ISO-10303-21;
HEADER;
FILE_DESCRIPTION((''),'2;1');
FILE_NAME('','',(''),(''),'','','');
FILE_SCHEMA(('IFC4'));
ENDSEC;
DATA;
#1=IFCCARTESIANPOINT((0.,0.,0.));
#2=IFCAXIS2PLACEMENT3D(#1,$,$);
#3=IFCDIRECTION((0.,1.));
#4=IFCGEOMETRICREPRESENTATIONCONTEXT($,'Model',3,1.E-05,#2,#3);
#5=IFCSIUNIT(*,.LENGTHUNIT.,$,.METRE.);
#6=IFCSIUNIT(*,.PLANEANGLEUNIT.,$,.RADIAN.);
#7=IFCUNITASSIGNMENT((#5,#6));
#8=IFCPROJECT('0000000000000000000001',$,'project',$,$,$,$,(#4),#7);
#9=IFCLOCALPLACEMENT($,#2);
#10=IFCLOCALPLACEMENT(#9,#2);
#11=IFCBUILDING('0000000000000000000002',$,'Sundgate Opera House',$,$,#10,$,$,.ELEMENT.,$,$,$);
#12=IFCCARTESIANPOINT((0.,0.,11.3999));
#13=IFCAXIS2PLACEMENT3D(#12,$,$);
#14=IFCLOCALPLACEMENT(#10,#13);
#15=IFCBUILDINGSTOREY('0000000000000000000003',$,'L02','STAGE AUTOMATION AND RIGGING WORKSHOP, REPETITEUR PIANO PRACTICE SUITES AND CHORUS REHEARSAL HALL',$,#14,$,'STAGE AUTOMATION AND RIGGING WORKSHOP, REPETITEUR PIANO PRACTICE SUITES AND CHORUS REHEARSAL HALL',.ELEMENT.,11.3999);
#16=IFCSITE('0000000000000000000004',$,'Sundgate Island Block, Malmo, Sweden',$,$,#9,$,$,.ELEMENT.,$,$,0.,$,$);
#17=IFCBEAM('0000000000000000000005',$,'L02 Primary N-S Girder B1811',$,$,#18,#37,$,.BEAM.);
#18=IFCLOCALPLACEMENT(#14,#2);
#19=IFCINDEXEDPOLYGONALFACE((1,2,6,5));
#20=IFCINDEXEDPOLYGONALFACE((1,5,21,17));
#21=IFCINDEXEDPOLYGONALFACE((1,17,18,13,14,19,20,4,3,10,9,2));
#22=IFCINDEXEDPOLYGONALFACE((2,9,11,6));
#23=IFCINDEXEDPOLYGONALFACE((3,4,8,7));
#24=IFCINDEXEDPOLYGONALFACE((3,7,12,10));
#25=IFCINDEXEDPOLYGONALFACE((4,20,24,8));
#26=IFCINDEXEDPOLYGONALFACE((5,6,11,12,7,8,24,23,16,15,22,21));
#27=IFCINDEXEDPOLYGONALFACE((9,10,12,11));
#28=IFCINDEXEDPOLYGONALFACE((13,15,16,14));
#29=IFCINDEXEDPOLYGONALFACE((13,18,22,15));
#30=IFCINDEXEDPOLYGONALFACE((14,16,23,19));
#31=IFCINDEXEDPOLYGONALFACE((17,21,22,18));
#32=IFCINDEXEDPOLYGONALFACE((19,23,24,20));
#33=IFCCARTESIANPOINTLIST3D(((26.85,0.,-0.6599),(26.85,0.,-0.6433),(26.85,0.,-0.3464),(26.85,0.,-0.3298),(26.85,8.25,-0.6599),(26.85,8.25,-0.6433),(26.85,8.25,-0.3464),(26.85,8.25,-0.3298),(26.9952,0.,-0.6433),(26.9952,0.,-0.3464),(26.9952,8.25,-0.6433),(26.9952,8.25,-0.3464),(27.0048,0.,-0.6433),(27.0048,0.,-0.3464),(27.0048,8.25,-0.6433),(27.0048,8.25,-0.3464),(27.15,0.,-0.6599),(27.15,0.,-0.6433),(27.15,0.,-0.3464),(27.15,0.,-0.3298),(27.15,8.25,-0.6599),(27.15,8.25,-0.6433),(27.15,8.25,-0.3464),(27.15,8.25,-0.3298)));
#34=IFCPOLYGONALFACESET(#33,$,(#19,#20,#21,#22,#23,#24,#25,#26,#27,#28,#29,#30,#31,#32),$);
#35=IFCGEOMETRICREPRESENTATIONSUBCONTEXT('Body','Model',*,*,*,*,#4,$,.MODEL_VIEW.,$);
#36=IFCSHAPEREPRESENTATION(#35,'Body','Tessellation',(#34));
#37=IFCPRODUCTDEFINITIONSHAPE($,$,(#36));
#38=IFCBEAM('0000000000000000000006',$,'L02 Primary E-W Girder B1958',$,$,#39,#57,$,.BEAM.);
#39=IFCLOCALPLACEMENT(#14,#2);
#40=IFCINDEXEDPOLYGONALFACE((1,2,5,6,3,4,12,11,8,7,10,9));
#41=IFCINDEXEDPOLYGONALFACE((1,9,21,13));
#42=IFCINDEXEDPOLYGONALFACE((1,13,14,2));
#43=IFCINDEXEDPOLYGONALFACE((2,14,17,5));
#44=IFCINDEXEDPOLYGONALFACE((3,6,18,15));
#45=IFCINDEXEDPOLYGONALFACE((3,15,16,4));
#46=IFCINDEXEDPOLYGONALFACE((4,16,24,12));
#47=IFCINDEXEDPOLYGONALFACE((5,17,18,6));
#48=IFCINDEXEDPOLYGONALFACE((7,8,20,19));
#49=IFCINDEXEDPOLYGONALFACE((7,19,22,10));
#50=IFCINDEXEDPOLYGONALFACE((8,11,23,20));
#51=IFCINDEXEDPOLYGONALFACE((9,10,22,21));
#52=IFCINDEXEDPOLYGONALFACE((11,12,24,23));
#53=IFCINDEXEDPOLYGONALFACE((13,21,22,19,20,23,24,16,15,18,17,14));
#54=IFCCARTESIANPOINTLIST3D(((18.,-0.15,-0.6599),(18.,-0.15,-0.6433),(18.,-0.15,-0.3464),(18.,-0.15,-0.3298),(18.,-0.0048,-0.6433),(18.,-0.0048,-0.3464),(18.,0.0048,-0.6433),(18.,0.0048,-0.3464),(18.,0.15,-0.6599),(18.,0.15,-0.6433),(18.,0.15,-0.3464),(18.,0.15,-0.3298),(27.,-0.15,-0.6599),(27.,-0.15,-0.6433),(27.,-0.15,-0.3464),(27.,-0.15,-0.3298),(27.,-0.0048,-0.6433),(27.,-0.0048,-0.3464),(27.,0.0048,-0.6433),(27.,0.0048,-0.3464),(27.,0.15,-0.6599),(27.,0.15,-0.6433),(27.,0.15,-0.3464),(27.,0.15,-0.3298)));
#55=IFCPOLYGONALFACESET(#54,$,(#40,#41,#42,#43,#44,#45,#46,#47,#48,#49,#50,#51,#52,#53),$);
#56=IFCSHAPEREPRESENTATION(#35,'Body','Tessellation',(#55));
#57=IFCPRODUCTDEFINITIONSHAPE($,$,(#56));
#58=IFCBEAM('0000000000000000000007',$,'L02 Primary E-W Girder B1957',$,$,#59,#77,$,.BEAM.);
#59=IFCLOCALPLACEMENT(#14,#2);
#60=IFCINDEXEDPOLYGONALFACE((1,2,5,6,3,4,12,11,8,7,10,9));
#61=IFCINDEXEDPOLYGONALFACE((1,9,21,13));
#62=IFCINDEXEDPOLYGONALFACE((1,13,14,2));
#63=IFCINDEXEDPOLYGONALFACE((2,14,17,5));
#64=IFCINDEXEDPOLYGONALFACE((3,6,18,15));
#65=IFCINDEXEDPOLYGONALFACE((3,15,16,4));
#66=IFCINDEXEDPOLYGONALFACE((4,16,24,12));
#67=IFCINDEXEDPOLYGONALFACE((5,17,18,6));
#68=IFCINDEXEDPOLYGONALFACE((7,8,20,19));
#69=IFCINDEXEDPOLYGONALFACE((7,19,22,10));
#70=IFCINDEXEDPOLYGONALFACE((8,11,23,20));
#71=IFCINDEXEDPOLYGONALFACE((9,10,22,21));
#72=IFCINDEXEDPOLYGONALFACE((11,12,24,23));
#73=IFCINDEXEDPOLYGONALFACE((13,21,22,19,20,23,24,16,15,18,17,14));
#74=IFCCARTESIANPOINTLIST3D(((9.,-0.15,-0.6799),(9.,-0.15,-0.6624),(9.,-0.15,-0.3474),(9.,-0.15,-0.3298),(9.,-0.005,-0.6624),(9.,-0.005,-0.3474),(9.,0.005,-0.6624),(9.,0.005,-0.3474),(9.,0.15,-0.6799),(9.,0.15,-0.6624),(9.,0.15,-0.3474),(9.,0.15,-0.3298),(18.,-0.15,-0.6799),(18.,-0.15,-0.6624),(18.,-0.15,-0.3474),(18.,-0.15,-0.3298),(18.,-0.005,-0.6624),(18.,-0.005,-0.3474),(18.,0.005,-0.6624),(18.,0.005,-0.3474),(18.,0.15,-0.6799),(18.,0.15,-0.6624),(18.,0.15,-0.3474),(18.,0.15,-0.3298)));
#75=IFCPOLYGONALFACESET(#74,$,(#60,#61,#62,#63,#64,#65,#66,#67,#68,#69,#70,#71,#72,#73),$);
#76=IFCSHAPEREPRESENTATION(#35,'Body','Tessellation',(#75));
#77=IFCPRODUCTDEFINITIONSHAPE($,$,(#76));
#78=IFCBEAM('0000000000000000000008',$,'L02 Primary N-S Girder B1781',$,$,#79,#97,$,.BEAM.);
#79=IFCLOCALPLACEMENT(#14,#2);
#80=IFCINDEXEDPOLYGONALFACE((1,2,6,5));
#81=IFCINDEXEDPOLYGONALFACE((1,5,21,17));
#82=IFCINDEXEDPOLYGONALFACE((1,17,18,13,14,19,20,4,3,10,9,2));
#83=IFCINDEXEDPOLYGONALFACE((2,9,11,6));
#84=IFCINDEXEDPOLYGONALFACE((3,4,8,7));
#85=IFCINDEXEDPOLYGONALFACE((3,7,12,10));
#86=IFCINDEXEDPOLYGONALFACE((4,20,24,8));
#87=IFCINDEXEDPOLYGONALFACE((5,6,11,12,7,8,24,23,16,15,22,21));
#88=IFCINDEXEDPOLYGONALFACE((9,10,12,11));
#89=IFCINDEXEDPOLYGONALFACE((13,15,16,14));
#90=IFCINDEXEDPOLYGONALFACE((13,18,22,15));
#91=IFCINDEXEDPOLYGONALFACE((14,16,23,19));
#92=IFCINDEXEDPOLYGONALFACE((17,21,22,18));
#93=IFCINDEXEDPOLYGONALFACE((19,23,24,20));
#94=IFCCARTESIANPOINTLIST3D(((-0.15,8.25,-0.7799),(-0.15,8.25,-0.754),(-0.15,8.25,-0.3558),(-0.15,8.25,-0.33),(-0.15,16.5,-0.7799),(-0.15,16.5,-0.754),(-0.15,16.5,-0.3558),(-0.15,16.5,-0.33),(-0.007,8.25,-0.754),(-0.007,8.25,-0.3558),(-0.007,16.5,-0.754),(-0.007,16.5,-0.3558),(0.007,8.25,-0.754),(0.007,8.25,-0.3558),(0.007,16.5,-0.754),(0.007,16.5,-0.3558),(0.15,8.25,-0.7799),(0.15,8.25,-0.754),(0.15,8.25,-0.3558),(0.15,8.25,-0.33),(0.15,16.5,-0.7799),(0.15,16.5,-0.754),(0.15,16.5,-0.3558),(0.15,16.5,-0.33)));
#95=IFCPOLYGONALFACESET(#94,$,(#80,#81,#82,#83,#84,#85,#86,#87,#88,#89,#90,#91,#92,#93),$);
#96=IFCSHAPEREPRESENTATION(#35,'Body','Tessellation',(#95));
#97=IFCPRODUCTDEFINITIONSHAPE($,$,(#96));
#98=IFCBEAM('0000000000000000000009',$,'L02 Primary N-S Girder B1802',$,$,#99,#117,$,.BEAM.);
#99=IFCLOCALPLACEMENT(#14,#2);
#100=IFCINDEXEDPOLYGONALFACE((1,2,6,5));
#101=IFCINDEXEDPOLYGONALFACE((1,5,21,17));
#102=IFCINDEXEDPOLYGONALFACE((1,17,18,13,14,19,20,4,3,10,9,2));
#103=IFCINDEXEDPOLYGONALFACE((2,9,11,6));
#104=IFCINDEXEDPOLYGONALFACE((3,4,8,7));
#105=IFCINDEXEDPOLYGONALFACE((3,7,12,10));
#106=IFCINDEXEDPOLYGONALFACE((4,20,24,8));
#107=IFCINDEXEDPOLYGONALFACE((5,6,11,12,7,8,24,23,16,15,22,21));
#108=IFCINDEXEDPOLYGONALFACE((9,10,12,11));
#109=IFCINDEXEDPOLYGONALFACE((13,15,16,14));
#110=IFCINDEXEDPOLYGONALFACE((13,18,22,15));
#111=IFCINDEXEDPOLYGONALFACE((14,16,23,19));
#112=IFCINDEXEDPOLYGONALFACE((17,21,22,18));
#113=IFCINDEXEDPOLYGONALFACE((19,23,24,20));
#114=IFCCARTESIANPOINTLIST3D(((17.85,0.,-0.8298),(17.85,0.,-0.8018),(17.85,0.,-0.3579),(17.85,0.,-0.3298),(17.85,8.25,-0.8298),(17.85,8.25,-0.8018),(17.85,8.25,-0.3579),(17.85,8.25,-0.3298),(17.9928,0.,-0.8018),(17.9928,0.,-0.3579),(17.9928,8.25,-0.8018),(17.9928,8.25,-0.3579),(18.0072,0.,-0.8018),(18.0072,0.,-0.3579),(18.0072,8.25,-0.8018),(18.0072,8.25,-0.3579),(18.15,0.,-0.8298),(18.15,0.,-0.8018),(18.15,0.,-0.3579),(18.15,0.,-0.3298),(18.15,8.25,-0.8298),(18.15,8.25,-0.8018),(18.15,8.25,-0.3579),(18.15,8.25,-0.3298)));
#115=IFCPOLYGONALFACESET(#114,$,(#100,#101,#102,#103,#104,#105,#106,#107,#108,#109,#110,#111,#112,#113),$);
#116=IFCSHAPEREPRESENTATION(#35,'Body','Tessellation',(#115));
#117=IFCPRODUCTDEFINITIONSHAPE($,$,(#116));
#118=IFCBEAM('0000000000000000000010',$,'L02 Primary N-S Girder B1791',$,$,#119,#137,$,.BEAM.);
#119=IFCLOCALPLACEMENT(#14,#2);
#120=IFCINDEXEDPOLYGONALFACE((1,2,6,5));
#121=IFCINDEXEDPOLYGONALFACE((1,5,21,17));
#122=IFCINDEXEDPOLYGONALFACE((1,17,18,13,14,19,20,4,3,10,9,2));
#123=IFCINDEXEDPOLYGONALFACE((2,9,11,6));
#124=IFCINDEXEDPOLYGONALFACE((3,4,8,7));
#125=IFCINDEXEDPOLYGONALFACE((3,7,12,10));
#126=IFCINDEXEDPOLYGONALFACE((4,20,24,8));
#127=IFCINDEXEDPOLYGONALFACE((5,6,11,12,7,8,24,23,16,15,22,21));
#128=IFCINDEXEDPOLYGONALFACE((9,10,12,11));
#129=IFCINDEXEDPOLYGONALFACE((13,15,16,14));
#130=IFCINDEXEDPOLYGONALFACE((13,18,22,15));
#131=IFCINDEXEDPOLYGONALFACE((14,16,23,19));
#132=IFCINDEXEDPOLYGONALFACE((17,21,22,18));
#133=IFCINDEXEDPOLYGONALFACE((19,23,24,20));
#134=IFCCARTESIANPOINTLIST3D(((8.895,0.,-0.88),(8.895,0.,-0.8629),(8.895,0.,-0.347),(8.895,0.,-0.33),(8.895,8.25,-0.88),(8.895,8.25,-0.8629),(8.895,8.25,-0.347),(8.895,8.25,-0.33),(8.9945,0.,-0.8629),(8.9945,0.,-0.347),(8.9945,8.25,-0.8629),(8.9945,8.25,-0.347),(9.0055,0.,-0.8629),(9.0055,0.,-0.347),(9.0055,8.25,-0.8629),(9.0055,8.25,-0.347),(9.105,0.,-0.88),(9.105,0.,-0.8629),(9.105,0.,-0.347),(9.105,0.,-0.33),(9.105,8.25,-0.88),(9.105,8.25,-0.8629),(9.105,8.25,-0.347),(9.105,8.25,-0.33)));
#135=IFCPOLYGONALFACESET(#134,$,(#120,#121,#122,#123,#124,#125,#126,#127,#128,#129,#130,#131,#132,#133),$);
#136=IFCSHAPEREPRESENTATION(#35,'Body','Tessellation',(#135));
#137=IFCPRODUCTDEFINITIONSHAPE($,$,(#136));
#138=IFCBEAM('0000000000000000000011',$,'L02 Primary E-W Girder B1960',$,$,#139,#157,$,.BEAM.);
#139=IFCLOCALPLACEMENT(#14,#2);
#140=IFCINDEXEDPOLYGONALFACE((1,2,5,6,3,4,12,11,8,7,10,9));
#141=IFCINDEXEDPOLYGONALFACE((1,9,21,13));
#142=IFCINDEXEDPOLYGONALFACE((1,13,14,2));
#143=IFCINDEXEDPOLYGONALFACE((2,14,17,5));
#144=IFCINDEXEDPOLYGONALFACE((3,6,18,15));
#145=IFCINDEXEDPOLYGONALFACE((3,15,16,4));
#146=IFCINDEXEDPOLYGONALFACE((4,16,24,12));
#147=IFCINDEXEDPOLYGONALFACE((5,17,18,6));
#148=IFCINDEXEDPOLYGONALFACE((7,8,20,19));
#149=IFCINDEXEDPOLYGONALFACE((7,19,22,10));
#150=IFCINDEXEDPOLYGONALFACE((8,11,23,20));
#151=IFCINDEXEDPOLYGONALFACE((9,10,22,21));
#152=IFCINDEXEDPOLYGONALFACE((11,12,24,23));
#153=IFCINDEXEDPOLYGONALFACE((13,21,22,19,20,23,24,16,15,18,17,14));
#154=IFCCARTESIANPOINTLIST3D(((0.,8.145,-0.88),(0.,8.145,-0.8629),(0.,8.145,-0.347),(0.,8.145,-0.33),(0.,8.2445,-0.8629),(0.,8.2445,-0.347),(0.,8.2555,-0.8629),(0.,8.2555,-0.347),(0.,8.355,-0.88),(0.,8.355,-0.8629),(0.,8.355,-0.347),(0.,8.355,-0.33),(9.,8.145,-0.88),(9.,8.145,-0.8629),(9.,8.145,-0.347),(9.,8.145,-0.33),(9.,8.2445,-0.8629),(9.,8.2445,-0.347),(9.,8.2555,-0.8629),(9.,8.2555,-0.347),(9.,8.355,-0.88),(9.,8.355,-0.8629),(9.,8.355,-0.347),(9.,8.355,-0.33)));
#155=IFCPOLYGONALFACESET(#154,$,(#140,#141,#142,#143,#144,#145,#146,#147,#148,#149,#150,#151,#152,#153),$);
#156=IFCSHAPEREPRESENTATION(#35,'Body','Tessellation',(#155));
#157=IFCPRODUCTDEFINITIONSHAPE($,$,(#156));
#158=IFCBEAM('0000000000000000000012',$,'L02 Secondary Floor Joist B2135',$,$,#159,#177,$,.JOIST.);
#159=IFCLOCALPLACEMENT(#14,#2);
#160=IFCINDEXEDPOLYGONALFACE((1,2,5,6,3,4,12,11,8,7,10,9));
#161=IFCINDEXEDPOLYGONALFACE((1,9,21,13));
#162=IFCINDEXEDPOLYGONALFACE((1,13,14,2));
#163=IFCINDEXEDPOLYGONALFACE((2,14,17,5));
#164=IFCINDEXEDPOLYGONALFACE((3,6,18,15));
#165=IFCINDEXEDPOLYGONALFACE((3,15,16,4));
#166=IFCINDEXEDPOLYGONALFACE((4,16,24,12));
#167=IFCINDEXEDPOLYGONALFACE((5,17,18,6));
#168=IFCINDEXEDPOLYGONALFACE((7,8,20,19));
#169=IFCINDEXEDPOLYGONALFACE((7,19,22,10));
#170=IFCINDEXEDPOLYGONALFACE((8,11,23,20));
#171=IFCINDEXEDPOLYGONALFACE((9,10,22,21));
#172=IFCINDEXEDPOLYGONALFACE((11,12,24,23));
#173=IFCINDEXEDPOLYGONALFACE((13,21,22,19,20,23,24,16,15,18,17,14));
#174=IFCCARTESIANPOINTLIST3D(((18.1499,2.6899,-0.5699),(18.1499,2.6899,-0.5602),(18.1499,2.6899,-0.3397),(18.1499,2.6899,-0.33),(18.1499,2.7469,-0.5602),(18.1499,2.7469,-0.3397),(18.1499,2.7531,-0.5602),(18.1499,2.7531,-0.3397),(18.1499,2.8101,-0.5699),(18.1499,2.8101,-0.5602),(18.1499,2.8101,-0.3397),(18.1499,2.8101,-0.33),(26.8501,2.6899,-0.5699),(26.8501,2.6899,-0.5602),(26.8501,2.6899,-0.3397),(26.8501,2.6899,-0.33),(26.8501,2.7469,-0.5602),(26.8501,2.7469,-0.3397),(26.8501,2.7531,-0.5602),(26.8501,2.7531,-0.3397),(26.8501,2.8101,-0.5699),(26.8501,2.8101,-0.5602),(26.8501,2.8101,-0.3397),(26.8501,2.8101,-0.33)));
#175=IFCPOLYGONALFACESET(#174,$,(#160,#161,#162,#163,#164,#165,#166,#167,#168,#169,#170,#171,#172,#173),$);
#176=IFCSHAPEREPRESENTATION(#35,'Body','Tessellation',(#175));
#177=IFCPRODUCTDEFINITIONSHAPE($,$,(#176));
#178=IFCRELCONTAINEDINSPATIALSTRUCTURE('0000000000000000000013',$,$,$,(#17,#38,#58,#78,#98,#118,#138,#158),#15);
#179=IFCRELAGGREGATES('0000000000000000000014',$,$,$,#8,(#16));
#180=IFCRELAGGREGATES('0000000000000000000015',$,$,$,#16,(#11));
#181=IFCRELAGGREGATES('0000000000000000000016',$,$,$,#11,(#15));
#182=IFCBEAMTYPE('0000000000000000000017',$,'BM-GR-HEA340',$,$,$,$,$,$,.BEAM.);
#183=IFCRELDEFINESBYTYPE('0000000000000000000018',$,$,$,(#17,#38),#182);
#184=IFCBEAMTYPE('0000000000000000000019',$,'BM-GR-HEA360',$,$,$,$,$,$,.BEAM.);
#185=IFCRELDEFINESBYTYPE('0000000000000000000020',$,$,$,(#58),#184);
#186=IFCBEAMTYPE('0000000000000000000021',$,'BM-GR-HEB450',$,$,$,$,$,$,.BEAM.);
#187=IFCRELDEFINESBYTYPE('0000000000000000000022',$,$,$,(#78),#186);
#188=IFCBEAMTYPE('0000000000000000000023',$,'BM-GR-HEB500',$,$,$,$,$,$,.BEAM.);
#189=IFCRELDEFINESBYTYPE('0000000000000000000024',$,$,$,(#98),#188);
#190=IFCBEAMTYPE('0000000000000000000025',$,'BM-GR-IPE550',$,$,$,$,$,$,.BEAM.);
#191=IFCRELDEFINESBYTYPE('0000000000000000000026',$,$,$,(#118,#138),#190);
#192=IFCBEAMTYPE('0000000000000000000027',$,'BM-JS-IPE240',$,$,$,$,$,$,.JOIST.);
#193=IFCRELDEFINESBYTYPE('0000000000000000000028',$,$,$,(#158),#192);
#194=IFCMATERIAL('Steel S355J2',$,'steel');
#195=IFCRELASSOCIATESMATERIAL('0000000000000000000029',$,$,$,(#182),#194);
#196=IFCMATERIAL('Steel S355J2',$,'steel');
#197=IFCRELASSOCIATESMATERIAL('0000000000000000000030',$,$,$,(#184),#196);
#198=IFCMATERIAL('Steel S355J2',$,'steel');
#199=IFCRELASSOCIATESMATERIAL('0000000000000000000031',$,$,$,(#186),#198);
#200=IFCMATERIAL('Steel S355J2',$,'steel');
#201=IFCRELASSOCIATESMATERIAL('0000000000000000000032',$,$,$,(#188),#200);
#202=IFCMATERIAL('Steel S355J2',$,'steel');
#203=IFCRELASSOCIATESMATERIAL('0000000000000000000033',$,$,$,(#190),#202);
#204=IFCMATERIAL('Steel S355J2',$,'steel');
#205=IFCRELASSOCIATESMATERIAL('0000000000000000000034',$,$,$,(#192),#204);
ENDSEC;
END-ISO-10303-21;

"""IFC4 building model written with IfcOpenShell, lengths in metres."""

from ifc_helpers import new_model, si_unit, direction, frame, origin, origin_2d, place, context, subcontext, project, spatial, i_section, extrude, material, material_profile, profile_set, type_object, element, save


model = new_model("IFC4")

# Units and contexts
model_context = context("Model", 3, precision=1e-05, world=origin(), true_north=direction((0.0, 1.0)))
body_context = subcontext(model_context, "Body", "Model", "MODEL_VIEW")
ifc_project = project(units=[si_unit("LENGTHUNIT", "METRE"), si_unit("PLANEANGLEUNIT", "RADIAN")], contexts=[model_context])

# Site, building, storey
site_placement = place(None, origin())
site = spatial("IfcSite", under=ifc_project, at=site_placement, Name="Sundgate Island Block, Malmo, Sweden", CompositionType="ELEMENT", RefElevation=0.0)
building_placement = place(site_placement, origin())
building = spatial("IfcBuilding", under=site, at=building_placement, Name="Sundgate Opera House", CompositionType="ELEMENT")
storey_placement = place(building_placement, frame((0.0, 0.0, 11.3999)))
storey = spatial("IfcBuildingStorey", under=building, at=storey_placement, Name="L02", Description="STAGE AUTOMATION AND RIGGING WORKSHOP, REPETITEUR PIANO PRACTICE SUITES AND CHORUS REHEARSAL HALL", LongName="STAGE AUTOMATION AND RIGGING WORKSHOP, REPETITEUR PIANO PRACTICE SUITES AND CHORUS REHEARSAL HALL", CompositionType="ELEMENT", Elevation=11.3999)

# Beams
ifc_material_1 = material(Name="Steel S355J2", Category="steel")
ifc_material_profile_1 = material_profile(ifc_material_1, i_section(OverallWidth=0.3, OverallDepth=0.3301, WebThickness=0.0095, FlangeThickness=0.0166, at=origin_2d()), Name="HEA 340")
ifc_profile_set_1 = profile_set([ifc_material_profile_1], Name="Steel S355J2")
beam_type_1 = type_object("IfcBeamType", Name="BM-GR-HEA340", PredefinedType="BEAM", material=ifc_profile_set_1)
beam_1_placement = place(storey_placement, frame((27.0, 0.0, -0.4949), z_axis=(0.0, 1.0, 0.0), x_axis=(-1.0, 0.0, 0.0)))
element("IfcBeam", 1, at=beam_1_placement, inside=storey, type_object=beam_type_1, Name="L02 Primary N-S Girder B1811", PredefinedType="BEAM", context=body_context, shape_type="SweptSolid", body=[
    extrude(i_section(OverallWidth=0.3, OverallDepth=0.3301, WebThickness=0.0095, FlangeThickness=0.0166, at=origin_2d()), origin(), (0.0, 0.0, 1.0), 8.25),
])
beam_2_placement = place(storey_placement, frame((18.0, 0.0, -0.4949), z_axis=(1.0, 0.0, 0.0), x_axis=(0.0, 1.0, 0.0)))
element("IfcBeam", 2, at=beam_2_placement, inside=storey, type_object=beam_type_1, Name="L02 Primary E-W Girder B1958", PredefinedType="BEAM", context=body_context, shape_type="SweptSolid", body=[
    extrude(i_section(OverallWidth=0.3, OverallDepth=0.3301, WebThickness=0.0095, FlangeThickness=0.0166, at=origin_2d()), origin(), (0.0, 0.0, 1.0), 9.0),
])
ifc_material_2 = material(Name="Steel S355J2", Category="steel")
ifc_material_profile_2 = material_profile(ifc_material_2, i_section(OverallWidth=0.3, OverallDepth=0.3501, WebThickness=0.01, FlangeThickness=0.0176, at=origin_2d()), Name="HEA 360")
ifc_profile_set_2 = profile_set([ifc_material_profile_2], Name="Steel S355J2")
beam_type_2 = type_object("IfcBeamType", Name="BM-GR-HEA360", PredefinedType="BEAM", material=ifc_profile_set_2)
beam_3_placement = place(storey_placement, frame((9.0, 0.0, -0.5049), z_axis=(1.0, 0.0, 0.0), x_axis=(0.0, 1.0, 0.0)))
element("IfcBeam", 3, at=beam_3_placement, inside=storey, type_object=beam_type_2, Name="L02 Primary E-W Girder B1957", PredefinedType="BEAM", context=body_context, shape_type="SweptSolid", body=[
    extrude(i_section(OverallWidth=0.3, OverallDepth=0.3501, WebThickness=0.01, FlangeThickness=0.0176, at=origin_2d()), origin(), (0.0, 0.0, 1.0), 9.0),
])
ifc_material_3 = material(Name="Steel S355J2", Category="steel")
ifc_material_profile_3 = material_profile(ifc_material_3, i_section(OverallWidth=0.3, OverallDepth=0.45, WebThickness=0.0139, FlangeThickness=0.0259, at=origin_2d()), Name="HEB 450")
ifc_profile_set_3 = profile_set([ifc_material_profile_3], Name="Steel S355J2")
beam_type_3 = type_object("IfcBeamType", Name="BM-GR-HEB450", PredefinedType="BEAM", material=ifc_profile_set_3)
beam_4_placement = place(storey_placement, frame((0.0, 8.25, -0.5549), z_axis=(0.0, 1.0, 0.0), x_axis=(-1.0, 0.0, 0.0)))
element("IfcBeam", 4, at=beam_4_placement, inside=storey, type_object=beam_type_3, Name="L02 Primary N-S Girder B1781", PredefinedType="BEAM", context=body_context, shape_type="SweptSolid", body=[
    extrude(i_section(OverallWidth=0.3, OverallDepth=0.45, WebThickness=0.0139, FlangeThickness=0.0259, at=origin_2d()), origin(), (0.0, 0.0, 1.0), 8.25),
])
ifc_material_4 = material(Name="Steel S355J2", Category="steel")
ifc_material_profile_4 = material_profile(ifc_material_4, i_section(OverallWidth=0.3, OverallDepth=0.5, WebThickness=0.0144, FlangeThickness=0.0281, at=origin_2d()), Name="HEB 500")
ifc_profile_set_4 = profile_set([ifc_material_profile_4], Name="Steel S355J2")
beam_type_4 = type_object("IfcBeamType", Name="BM-GR-HEB500", PredefinedType="BEAM", material=ifc_profile_set_4)
beam_5_placement = place(storey_placement, frame((18.0, 0.0, -0.5798), z_axis=(0.0, 1.0, 0.0), x_axis=(-1.0, 0.0, 0.0)))
element("IfcBeam", 5, at=beam_5_placement, inside=storey, type_object=beam_type_4, Name="L02 Primary N-S Girder B1802", PredefinedType="BEAM", context=body_context, shape_type="SweptSolid", body=[
    extrude(i_section(OverallWidth=0.3, OverallDepth=0.5, WebThickness=0.0144, FlangeThickness=0.0281, at=origin_2d()), origin(), (0.0, 0.0, 1.0), 8.25),
])
ifc_material_5 = material(Name="Steel S355J2", Category="steel")
ifc_material_profile_5 = material_profile(ifc_material_5, i_section(OverallWidth=0.21, OverallDepth=0.55, WebThickness=0.011, FlangeThickness=0.0171, at=origin_2d()), Name="IPE 550")
ifc_profile_set_5 = profile_set([ifc_material_profile_5], Name="Steel S355J2")
beam_type_5 = type_object("IfcBeamType", Name="BM-GR-IPE550", PredefinedType="BEAM", material=ifc_profile_set_5)
beam_6_placement = place(storey_placement, frame((9.0, 0.0, -0.605), z_axis=(0.0, 1.0, 0.0), x_axis=(-1.0, 0.0, 0.0)))
element("IfcBeam", 6, at=beam_6_placement, inside=storey, type_object=beam_type_5, Name="L02 Primary N-S Girder B1791", PredefinedType="BEAM", context=body_context, shape_type="SweptSolid", body=[
    extrude(i_section(OverallWidth=0.21, OverallDepth=0.55, WebThickness=0.011, FlangeThickness=0.0171, at=origin_2d()), origin(), (0.0, 0.0, 1.0), 8.25),
])
beam_7_placement = place(storey_placement, frame((0.0, 8.25, -0.605), z_axis=(1.0, 0.0, 0.0), x_axis=(0.0, 1.0, 0.0)))
element("IfcBeam", 7, at=beam_7_placement, inside=storey, type_object=beam_type_5, Name="L02 Primary E-W Girder B1960", PredefinedType="BEAM", context=body_context, shape_type="SweptSolid", body=[
    extrude(i_section(OverallWidth=0.21, OverallDepth=0.55, WebThickness=0.011, FlangeThickness=0.0171, at=origin_2d()), origin(), (0.0, 0.0, 1.0), 9.0),
])
ifc_material_6 = material(Name="Steel S355J2", Category="steel")
ifc_material_profile_6 = material_profile(ifc_material_6, i_section(OverallWidth=0.1201, OverallDepth=0.24, WebThickness=0.0061, FlangeThickness=0.0098, at=origin_2d()), Name="IPE 240")
ifc_profile_set_6 = profile_set([ifc_material_profile_6], Name="Steel S355J2")
beam_type_6 = type_object("IfcBeamType", Name="BM-JS-IPE240", PredefinedType="JOIST", material=ifc_profile_set_6)
beam_8_placement = place(storey_placement, frame((18.1499, 2.75, -0.45), z_axis=(1.0, 0.0, 0.0), x_axis=(0.0, 1.0, 0.0)))
element("IfcBeam", 8, at=beam_8_placement, inside=storey, type_object=beam_type_6, Name="L02 Secondary Floor Joist B2135", PredefinedType="JOIST", context=body_context, shape_type="SweptSolid", body=[
    extrude(i_section(OverallWidth=0.1201, OverallDepth=0.24, WebThickness=0.0061, FlangeThickness=0.0098, at=origin_2d()), origin(), (0.0, 0.0, 1.0), 8.7002),
])

save(model, "model.ifc")
